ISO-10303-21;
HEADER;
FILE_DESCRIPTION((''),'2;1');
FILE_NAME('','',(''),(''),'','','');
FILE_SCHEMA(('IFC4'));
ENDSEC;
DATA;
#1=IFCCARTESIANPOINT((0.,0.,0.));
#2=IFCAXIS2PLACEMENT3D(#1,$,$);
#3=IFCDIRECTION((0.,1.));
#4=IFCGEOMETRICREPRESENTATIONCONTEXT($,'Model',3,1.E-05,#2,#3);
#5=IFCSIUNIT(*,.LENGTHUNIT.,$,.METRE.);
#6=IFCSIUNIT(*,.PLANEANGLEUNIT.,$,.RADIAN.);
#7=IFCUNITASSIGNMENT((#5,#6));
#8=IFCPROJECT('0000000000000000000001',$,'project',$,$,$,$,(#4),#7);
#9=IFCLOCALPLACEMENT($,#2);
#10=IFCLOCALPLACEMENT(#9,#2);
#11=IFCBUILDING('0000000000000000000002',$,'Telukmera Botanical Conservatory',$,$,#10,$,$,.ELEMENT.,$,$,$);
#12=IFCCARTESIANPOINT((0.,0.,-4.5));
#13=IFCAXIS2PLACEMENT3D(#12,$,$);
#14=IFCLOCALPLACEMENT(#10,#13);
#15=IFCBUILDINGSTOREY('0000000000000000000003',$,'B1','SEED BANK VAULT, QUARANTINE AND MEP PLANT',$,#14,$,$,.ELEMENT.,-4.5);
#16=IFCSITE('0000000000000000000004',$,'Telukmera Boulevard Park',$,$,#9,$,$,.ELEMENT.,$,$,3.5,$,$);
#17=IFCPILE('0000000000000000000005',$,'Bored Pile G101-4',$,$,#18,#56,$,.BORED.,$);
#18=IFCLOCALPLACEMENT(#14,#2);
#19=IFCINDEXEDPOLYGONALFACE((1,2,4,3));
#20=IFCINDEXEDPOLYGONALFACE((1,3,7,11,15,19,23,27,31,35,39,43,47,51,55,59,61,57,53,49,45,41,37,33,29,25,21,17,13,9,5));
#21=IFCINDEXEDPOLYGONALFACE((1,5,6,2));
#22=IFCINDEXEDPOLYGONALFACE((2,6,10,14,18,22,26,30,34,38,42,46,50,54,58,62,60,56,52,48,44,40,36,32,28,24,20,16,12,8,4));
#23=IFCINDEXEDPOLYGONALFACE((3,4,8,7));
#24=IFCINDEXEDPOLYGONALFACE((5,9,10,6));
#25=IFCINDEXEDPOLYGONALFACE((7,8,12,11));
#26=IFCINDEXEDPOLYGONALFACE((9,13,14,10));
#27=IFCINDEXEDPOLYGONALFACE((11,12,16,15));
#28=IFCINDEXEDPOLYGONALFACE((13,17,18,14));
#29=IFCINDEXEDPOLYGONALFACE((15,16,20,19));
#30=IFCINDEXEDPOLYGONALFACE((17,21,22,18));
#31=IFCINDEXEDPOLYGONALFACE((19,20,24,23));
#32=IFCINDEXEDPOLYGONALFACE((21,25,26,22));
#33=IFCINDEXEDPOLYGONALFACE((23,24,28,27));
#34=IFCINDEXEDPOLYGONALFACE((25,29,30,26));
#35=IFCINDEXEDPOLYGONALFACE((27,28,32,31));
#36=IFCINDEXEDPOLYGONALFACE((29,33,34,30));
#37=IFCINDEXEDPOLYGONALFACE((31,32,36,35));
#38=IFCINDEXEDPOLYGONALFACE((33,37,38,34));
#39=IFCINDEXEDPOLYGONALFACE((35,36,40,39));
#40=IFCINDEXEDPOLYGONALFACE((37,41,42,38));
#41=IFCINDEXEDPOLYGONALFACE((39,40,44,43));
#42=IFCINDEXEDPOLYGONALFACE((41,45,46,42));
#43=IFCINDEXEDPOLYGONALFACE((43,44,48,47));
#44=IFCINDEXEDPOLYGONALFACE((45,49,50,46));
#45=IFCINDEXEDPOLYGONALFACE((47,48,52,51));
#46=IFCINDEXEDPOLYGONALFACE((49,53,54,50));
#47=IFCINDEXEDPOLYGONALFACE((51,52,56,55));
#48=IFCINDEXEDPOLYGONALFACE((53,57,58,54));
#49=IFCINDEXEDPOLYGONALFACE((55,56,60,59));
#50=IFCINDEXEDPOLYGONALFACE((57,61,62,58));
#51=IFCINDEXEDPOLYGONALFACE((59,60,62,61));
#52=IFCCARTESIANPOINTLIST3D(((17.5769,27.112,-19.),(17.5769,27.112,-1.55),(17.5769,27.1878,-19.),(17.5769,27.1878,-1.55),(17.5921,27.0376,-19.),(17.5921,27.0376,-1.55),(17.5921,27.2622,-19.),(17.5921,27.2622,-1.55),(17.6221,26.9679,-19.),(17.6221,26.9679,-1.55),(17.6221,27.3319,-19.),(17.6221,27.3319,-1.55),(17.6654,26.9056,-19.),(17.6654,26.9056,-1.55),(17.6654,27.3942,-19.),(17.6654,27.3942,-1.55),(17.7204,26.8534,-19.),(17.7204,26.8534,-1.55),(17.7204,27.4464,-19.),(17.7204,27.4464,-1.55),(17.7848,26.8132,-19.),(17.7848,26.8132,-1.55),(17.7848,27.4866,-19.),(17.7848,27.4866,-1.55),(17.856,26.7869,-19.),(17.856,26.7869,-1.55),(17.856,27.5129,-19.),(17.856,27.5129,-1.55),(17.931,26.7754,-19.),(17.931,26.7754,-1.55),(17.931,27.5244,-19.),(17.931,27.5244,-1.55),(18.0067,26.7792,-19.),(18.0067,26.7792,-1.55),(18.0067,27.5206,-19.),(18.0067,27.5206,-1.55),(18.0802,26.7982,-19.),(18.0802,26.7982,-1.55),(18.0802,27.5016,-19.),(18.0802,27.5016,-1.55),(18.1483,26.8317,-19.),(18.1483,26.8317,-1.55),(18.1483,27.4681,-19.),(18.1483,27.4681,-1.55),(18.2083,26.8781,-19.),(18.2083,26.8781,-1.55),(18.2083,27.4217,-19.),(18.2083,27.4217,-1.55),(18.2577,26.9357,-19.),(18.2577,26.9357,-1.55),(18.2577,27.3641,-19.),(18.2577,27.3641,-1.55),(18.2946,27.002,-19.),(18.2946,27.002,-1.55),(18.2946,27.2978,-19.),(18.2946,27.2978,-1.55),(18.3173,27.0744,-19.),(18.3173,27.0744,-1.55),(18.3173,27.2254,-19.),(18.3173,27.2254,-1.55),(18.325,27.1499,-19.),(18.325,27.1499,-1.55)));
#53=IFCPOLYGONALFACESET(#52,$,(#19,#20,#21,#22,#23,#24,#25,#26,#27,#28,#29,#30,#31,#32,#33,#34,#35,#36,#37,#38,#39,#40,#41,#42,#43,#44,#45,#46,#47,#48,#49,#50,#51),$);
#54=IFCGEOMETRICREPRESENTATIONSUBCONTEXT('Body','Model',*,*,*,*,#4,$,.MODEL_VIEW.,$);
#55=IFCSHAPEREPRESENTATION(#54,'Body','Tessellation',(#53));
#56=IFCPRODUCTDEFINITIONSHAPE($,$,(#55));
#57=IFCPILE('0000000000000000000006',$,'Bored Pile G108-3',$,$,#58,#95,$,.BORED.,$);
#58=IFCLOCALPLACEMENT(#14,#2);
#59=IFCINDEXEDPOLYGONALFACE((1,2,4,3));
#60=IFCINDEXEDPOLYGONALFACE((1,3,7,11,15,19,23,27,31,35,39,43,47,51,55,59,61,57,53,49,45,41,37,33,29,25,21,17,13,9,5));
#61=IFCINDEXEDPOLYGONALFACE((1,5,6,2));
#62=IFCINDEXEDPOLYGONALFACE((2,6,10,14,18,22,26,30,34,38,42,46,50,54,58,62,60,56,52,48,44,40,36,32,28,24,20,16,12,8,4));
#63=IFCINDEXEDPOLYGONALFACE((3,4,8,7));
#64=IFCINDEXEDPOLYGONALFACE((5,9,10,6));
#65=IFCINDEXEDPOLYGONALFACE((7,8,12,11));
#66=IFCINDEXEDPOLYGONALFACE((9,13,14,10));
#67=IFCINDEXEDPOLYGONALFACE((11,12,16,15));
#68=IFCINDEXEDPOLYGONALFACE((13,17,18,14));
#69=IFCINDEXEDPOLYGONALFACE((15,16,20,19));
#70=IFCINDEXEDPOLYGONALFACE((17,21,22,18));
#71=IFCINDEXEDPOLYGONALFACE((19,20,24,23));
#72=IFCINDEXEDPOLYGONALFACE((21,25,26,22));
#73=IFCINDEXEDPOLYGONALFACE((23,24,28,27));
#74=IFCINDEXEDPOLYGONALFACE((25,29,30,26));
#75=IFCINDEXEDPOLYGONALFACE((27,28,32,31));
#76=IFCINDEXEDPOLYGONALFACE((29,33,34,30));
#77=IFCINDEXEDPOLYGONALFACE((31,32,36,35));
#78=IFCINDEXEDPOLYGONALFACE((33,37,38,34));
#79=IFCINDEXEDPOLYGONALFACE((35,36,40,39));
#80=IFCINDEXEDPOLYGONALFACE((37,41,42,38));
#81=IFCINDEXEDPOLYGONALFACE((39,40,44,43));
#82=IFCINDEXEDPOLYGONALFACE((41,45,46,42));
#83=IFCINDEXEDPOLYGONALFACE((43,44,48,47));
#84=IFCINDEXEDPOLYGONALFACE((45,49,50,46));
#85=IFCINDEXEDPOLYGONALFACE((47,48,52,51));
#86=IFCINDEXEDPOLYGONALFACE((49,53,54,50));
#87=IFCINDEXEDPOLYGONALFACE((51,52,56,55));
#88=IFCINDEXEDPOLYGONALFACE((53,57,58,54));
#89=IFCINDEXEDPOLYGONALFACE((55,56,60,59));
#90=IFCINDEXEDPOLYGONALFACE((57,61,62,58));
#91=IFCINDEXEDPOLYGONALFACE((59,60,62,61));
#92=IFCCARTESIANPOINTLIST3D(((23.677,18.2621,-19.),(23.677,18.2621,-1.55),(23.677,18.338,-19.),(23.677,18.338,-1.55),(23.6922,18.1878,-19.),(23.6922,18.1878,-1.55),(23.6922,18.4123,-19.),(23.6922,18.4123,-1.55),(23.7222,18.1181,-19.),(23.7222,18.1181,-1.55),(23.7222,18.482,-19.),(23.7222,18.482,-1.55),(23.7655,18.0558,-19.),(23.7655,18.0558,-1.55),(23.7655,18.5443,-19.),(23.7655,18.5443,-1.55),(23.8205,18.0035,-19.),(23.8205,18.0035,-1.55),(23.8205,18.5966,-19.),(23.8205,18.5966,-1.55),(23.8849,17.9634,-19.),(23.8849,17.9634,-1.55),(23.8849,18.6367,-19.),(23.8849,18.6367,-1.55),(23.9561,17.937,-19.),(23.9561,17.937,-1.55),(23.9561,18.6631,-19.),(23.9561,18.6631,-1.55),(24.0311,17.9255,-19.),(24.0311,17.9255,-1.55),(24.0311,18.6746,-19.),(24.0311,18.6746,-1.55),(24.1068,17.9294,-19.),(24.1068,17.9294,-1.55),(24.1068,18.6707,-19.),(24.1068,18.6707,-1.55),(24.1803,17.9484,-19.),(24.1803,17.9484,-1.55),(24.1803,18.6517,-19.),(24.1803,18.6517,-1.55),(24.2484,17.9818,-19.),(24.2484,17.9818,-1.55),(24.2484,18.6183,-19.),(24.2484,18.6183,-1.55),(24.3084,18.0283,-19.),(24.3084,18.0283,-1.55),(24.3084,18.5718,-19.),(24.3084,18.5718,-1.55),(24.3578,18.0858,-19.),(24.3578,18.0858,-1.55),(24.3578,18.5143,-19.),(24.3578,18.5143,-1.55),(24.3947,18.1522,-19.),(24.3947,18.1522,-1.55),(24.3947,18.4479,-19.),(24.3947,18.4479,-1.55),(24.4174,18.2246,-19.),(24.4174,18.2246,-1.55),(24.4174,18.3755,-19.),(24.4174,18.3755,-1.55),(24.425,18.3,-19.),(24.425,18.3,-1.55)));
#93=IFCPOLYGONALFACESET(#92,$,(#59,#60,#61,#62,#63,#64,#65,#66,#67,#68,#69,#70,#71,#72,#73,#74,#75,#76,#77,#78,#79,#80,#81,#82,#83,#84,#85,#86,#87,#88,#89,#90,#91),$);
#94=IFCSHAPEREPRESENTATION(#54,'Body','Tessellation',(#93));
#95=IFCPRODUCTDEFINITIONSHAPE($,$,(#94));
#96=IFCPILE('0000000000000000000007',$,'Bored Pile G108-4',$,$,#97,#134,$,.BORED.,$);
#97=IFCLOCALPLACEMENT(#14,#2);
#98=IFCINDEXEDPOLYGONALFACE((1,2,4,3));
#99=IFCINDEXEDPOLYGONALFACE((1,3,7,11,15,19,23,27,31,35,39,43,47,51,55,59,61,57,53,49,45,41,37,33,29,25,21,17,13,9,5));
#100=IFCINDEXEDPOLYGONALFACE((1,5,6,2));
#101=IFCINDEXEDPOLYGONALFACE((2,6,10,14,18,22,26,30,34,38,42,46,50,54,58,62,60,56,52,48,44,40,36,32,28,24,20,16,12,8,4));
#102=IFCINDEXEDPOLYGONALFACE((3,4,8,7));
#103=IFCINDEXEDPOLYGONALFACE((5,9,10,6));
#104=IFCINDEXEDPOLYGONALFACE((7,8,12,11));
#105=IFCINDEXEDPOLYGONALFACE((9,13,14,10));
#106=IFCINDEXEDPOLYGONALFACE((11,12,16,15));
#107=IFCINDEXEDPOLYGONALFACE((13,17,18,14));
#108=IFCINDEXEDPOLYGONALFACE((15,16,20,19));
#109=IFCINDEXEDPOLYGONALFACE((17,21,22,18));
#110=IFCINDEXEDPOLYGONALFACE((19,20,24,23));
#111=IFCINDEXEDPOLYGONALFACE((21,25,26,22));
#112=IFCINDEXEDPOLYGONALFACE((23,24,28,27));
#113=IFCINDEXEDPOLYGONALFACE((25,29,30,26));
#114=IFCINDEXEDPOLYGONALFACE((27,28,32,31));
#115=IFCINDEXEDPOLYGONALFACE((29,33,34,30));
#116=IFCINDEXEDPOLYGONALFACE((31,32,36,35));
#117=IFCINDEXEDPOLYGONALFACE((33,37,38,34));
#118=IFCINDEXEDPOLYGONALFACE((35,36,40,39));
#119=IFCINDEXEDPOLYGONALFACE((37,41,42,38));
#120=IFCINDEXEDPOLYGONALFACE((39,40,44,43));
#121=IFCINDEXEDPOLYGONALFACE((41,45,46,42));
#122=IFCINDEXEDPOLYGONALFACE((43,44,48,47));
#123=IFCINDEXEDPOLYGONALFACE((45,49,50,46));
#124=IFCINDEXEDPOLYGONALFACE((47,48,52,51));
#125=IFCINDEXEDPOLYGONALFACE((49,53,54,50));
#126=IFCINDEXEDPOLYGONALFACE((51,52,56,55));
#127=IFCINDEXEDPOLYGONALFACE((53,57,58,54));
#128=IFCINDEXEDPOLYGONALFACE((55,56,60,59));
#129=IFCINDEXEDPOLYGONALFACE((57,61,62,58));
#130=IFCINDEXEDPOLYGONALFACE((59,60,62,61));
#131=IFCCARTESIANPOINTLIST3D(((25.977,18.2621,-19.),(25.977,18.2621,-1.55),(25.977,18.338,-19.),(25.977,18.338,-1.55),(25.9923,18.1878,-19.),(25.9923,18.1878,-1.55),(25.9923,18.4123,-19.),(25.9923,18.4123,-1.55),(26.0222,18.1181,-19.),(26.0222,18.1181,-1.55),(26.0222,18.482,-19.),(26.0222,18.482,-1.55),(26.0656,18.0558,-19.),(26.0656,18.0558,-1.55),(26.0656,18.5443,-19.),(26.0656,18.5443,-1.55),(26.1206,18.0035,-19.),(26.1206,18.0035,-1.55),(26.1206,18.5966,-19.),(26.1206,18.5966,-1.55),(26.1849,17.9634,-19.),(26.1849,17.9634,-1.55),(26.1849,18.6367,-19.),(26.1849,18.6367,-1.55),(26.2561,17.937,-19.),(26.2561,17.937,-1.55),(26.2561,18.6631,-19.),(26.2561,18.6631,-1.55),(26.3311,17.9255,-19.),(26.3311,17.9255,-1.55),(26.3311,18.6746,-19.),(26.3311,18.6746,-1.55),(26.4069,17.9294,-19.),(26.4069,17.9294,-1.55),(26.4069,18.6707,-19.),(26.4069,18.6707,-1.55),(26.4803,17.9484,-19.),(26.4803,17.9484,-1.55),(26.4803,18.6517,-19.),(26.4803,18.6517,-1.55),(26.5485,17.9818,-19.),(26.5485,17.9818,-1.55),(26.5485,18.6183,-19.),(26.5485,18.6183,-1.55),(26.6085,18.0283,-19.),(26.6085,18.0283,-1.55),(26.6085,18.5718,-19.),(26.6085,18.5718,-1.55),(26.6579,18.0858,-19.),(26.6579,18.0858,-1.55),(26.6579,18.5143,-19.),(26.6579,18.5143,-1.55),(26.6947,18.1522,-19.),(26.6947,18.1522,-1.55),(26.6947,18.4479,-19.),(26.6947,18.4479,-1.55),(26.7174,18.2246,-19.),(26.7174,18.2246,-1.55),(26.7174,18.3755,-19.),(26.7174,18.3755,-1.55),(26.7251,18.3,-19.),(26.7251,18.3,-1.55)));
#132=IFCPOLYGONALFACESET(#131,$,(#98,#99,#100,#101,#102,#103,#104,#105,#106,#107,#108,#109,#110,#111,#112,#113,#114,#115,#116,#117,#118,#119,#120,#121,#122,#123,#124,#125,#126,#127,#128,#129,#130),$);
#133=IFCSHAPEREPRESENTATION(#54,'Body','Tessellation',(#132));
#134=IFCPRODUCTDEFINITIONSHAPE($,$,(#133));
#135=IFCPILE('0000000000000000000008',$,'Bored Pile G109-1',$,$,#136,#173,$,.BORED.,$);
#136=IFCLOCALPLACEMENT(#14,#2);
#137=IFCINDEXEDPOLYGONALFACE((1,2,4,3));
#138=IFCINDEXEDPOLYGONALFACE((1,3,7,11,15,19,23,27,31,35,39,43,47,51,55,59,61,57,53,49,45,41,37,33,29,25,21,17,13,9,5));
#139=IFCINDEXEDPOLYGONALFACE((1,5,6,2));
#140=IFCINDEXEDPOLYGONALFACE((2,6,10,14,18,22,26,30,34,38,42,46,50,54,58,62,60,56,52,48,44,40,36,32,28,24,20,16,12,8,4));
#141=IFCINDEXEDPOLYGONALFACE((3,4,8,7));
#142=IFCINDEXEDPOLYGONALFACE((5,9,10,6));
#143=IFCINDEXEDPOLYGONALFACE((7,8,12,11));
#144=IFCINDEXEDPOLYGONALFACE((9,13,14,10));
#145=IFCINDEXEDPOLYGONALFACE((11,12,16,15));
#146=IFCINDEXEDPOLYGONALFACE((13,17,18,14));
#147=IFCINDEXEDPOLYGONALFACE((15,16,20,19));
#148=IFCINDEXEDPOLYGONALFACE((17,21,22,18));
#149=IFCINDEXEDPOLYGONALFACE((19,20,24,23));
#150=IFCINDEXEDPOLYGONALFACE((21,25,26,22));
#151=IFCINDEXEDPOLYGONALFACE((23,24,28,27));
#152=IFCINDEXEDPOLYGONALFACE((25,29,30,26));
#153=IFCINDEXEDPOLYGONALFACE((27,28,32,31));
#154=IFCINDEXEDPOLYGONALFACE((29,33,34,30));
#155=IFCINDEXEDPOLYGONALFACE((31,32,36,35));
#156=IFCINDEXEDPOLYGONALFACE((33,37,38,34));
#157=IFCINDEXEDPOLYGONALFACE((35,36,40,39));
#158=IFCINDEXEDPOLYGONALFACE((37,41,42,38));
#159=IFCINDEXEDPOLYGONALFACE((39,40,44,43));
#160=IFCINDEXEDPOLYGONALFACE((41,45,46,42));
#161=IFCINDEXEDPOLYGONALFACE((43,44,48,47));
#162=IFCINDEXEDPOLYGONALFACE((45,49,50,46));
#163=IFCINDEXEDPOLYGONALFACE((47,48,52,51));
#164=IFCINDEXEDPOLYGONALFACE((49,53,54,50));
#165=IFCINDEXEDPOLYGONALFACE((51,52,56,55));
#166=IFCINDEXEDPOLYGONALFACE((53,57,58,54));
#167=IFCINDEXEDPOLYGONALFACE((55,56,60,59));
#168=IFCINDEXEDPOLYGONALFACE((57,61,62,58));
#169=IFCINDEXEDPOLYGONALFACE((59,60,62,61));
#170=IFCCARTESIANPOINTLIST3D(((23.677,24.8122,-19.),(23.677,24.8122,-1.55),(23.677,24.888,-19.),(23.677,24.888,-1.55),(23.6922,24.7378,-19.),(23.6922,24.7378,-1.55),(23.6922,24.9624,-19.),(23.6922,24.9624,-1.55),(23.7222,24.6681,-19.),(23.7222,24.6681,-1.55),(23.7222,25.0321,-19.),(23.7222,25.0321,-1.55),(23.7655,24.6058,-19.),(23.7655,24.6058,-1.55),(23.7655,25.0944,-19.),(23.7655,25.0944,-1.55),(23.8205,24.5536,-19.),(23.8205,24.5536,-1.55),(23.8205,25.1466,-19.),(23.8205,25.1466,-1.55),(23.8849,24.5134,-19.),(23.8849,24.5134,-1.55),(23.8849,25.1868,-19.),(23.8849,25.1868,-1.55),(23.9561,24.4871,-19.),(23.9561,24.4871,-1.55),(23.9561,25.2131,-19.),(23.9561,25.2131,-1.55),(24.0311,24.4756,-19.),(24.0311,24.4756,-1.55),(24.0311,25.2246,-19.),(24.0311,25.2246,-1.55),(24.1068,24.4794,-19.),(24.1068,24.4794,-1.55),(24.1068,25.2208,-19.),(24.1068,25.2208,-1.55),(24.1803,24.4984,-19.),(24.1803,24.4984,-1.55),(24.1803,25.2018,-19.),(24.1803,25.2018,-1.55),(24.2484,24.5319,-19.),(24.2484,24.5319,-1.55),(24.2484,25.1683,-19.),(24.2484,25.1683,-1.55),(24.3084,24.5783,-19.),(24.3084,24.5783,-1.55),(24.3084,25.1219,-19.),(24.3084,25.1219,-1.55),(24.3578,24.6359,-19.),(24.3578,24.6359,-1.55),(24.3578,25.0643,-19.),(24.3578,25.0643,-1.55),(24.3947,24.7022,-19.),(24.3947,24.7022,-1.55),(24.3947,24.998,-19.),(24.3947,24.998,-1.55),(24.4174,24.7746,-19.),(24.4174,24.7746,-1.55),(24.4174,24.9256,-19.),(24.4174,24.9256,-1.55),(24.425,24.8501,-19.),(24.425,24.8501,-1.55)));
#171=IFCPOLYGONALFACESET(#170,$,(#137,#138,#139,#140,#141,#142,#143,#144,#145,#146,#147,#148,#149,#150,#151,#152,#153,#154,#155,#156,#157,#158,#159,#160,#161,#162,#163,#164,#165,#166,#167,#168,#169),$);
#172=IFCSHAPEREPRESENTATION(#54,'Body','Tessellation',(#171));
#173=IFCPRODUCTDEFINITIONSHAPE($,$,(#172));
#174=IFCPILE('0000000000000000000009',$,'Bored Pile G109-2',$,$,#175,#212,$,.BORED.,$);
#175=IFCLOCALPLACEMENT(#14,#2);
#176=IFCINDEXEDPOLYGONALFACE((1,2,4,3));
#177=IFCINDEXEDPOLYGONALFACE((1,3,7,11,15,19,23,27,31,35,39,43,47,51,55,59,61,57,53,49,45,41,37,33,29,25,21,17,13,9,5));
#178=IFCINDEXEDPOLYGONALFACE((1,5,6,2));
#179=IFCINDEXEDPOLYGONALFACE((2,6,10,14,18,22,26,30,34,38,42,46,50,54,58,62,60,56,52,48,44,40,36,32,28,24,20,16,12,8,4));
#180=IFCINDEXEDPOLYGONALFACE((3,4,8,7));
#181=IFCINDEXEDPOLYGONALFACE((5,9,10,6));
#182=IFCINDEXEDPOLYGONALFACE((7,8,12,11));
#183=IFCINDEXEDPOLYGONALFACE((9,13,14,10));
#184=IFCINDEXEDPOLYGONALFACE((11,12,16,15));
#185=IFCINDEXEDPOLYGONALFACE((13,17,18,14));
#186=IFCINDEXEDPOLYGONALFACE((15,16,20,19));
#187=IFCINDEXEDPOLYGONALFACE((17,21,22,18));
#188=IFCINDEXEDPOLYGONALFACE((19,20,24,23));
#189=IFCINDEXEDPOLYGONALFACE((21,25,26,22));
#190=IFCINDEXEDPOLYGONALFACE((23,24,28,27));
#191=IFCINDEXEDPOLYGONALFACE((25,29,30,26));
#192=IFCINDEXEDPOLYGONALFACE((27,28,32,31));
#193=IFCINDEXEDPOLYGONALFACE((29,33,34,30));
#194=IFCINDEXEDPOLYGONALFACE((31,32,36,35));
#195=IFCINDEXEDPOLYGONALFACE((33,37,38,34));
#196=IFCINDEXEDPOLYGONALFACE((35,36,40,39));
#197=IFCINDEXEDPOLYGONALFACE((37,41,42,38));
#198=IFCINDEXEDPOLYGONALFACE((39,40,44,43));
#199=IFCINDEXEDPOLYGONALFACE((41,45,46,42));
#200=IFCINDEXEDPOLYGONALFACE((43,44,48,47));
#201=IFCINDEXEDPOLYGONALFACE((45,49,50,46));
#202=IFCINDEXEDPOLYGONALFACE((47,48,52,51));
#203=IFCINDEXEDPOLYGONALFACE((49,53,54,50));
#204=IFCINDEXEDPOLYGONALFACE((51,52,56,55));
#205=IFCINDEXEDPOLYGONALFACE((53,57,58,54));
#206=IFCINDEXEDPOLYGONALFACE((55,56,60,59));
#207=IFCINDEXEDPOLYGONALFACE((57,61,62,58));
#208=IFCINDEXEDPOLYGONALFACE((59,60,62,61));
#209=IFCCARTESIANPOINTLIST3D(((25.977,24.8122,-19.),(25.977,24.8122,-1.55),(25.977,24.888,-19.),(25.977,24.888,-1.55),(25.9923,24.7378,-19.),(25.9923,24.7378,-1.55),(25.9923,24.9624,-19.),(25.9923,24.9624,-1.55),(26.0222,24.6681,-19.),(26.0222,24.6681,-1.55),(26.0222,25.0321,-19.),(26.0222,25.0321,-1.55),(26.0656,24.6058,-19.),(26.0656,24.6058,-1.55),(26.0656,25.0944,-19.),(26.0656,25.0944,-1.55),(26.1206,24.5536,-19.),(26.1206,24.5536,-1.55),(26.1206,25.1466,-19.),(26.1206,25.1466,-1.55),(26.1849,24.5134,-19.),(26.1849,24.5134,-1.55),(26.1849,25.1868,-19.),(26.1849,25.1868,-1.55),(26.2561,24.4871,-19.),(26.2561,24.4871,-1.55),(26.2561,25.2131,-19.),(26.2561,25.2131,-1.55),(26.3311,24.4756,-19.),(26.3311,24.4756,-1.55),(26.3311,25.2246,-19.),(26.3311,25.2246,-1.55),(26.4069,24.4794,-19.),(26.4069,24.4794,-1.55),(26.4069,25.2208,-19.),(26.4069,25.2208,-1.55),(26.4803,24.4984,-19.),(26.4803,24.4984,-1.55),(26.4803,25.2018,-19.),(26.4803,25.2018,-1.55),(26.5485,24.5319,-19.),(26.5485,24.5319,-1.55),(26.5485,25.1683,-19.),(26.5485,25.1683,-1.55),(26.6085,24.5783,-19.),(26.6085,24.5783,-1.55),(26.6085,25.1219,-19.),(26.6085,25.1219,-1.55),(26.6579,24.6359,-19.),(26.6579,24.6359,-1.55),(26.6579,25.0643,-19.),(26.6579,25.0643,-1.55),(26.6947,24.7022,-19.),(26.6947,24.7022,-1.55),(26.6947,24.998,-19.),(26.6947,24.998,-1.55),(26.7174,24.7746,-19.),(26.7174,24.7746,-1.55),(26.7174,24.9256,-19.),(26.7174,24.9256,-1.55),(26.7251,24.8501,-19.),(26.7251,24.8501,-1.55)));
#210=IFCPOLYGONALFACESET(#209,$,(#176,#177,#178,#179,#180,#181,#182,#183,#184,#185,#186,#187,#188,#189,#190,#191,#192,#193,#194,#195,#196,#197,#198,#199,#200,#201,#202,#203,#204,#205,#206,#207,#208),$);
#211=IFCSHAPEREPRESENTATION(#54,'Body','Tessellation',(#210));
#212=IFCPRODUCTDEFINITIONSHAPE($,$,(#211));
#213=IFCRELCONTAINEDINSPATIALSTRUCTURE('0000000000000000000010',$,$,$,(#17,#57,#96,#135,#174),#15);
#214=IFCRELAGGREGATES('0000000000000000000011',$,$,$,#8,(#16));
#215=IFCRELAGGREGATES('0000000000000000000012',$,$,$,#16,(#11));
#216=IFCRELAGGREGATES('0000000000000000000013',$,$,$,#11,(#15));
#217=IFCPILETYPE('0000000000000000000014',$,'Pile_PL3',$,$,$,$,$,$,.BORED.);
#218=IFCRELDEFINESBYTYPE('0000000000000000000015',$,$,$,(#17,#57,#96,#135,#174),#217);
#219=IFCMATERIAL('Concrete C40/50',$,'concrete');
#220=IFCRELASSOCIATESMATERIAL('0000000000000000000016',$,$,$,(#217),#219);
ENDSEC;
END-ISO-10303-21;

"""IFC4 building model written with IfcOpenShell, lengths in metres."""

from ifc_helpers import new_model, si_unit, direction, frame, origin, origin_2d, place, context, subcontext, project, spatial, circle, extrude, material, material_profile, profile_set, type_object, element, save


model = new_model("IFC4")

# Units and contexts
model_context = context("Model", 3, precision=1e-05, world=origin(), true_north=direction((0.0, 1.0)))
body_context = subcontext(model_context, "Body", "Model", "MODEL_VIEW")
ifc_project = project(units=[si_unit("LENGTHUNIT", "METRE"), si_unit("PLANEANGLEUNIT", "RADIAN")], contexts=[model_context])

# Site, building, storey
site_placement = place(None, origin())
site = spatial("IfcSite", under=ifc_project, at=site_placement, Name="Telukmera Boulevard Park", CompositionType="ELEMENT", RefElevation=3.5)
building_placement = place(site_placement, origin())
building = spatial("IfcBuilding", under=site, at=building_placement, Name="Telukmera Botanical Conservatory", CompositionType="ELEMENT")
storey_placement = place(building_placement, frame((0.0, 0.0, -4.5)))
storey = spatial("IfcBuildingStorey", under=building, at=storey_placement, Name="B1", Description="SEED BANK VAULT, QUARANTINE AND MEP PLANT", CompositionType="ELEMENT", Elevation=-4.5)

# Shared definitions
ifc_material_1 = material(Name="Concrete C40/50", Category="concrete")

# Piles
ifc_material_profile_1 = material_profile(ifc_material_1, circle(Radius=0.375, at=origin_2d()), Name="PILE D750")
ifc_profile_set_1 = profile_set([ifc_material_profile_1], Name="Concrete C40/50")
pile_type = type_object("IfcPileType", Name="Pile_PL3", PredefinedType="BORED", material=ifc_profile_set_1)
for number, where, z_axis, x_axis, name in (
    (1, (17.95, 27.1499, -1.55), (0.0, 0.0, -1.0), (1.0, 0.0, 0.0), "Bored Pile G101-4"),
    (2, (24.05, 18.3, -1.55), (0.0, 0.0, -1.0), (1.0, 0.0, 0.0), "Bored Pile G108-3"),
    (3, (26.3501, 18.3, -1.55), (0.0, 0.0, -1.0), (1.0, 0.0, 0.0), "Bored Pile G108-4"),
    (4, (24.05, 24.8501, -1.55), (0.0, 0.0, -1.0), (1.0, 0.0, 0.0), "Bored Pile G109-1"),
    (5, (26.3501, 24.8501, -1.55), (0.0, 0.0, -1.0), (1.0, 0.0, 0.0), "Bored Pile G109-2"),
):
    element("IfcPile", number, at=place(storey_placement, frame(where, z_axis=z_axis, x_axis=x_axis)), inside=storey, type_object=pile_type, Name=name, PredefinedType="BORED", context=body_context, shape_type="SweptSolid", body=[
        extrude(circle(Radius=0.375, at=origin_2d()), origin(), (0.0, 0.0, 1.0), 17.45),
    ])

save(model, "model.ifc")
